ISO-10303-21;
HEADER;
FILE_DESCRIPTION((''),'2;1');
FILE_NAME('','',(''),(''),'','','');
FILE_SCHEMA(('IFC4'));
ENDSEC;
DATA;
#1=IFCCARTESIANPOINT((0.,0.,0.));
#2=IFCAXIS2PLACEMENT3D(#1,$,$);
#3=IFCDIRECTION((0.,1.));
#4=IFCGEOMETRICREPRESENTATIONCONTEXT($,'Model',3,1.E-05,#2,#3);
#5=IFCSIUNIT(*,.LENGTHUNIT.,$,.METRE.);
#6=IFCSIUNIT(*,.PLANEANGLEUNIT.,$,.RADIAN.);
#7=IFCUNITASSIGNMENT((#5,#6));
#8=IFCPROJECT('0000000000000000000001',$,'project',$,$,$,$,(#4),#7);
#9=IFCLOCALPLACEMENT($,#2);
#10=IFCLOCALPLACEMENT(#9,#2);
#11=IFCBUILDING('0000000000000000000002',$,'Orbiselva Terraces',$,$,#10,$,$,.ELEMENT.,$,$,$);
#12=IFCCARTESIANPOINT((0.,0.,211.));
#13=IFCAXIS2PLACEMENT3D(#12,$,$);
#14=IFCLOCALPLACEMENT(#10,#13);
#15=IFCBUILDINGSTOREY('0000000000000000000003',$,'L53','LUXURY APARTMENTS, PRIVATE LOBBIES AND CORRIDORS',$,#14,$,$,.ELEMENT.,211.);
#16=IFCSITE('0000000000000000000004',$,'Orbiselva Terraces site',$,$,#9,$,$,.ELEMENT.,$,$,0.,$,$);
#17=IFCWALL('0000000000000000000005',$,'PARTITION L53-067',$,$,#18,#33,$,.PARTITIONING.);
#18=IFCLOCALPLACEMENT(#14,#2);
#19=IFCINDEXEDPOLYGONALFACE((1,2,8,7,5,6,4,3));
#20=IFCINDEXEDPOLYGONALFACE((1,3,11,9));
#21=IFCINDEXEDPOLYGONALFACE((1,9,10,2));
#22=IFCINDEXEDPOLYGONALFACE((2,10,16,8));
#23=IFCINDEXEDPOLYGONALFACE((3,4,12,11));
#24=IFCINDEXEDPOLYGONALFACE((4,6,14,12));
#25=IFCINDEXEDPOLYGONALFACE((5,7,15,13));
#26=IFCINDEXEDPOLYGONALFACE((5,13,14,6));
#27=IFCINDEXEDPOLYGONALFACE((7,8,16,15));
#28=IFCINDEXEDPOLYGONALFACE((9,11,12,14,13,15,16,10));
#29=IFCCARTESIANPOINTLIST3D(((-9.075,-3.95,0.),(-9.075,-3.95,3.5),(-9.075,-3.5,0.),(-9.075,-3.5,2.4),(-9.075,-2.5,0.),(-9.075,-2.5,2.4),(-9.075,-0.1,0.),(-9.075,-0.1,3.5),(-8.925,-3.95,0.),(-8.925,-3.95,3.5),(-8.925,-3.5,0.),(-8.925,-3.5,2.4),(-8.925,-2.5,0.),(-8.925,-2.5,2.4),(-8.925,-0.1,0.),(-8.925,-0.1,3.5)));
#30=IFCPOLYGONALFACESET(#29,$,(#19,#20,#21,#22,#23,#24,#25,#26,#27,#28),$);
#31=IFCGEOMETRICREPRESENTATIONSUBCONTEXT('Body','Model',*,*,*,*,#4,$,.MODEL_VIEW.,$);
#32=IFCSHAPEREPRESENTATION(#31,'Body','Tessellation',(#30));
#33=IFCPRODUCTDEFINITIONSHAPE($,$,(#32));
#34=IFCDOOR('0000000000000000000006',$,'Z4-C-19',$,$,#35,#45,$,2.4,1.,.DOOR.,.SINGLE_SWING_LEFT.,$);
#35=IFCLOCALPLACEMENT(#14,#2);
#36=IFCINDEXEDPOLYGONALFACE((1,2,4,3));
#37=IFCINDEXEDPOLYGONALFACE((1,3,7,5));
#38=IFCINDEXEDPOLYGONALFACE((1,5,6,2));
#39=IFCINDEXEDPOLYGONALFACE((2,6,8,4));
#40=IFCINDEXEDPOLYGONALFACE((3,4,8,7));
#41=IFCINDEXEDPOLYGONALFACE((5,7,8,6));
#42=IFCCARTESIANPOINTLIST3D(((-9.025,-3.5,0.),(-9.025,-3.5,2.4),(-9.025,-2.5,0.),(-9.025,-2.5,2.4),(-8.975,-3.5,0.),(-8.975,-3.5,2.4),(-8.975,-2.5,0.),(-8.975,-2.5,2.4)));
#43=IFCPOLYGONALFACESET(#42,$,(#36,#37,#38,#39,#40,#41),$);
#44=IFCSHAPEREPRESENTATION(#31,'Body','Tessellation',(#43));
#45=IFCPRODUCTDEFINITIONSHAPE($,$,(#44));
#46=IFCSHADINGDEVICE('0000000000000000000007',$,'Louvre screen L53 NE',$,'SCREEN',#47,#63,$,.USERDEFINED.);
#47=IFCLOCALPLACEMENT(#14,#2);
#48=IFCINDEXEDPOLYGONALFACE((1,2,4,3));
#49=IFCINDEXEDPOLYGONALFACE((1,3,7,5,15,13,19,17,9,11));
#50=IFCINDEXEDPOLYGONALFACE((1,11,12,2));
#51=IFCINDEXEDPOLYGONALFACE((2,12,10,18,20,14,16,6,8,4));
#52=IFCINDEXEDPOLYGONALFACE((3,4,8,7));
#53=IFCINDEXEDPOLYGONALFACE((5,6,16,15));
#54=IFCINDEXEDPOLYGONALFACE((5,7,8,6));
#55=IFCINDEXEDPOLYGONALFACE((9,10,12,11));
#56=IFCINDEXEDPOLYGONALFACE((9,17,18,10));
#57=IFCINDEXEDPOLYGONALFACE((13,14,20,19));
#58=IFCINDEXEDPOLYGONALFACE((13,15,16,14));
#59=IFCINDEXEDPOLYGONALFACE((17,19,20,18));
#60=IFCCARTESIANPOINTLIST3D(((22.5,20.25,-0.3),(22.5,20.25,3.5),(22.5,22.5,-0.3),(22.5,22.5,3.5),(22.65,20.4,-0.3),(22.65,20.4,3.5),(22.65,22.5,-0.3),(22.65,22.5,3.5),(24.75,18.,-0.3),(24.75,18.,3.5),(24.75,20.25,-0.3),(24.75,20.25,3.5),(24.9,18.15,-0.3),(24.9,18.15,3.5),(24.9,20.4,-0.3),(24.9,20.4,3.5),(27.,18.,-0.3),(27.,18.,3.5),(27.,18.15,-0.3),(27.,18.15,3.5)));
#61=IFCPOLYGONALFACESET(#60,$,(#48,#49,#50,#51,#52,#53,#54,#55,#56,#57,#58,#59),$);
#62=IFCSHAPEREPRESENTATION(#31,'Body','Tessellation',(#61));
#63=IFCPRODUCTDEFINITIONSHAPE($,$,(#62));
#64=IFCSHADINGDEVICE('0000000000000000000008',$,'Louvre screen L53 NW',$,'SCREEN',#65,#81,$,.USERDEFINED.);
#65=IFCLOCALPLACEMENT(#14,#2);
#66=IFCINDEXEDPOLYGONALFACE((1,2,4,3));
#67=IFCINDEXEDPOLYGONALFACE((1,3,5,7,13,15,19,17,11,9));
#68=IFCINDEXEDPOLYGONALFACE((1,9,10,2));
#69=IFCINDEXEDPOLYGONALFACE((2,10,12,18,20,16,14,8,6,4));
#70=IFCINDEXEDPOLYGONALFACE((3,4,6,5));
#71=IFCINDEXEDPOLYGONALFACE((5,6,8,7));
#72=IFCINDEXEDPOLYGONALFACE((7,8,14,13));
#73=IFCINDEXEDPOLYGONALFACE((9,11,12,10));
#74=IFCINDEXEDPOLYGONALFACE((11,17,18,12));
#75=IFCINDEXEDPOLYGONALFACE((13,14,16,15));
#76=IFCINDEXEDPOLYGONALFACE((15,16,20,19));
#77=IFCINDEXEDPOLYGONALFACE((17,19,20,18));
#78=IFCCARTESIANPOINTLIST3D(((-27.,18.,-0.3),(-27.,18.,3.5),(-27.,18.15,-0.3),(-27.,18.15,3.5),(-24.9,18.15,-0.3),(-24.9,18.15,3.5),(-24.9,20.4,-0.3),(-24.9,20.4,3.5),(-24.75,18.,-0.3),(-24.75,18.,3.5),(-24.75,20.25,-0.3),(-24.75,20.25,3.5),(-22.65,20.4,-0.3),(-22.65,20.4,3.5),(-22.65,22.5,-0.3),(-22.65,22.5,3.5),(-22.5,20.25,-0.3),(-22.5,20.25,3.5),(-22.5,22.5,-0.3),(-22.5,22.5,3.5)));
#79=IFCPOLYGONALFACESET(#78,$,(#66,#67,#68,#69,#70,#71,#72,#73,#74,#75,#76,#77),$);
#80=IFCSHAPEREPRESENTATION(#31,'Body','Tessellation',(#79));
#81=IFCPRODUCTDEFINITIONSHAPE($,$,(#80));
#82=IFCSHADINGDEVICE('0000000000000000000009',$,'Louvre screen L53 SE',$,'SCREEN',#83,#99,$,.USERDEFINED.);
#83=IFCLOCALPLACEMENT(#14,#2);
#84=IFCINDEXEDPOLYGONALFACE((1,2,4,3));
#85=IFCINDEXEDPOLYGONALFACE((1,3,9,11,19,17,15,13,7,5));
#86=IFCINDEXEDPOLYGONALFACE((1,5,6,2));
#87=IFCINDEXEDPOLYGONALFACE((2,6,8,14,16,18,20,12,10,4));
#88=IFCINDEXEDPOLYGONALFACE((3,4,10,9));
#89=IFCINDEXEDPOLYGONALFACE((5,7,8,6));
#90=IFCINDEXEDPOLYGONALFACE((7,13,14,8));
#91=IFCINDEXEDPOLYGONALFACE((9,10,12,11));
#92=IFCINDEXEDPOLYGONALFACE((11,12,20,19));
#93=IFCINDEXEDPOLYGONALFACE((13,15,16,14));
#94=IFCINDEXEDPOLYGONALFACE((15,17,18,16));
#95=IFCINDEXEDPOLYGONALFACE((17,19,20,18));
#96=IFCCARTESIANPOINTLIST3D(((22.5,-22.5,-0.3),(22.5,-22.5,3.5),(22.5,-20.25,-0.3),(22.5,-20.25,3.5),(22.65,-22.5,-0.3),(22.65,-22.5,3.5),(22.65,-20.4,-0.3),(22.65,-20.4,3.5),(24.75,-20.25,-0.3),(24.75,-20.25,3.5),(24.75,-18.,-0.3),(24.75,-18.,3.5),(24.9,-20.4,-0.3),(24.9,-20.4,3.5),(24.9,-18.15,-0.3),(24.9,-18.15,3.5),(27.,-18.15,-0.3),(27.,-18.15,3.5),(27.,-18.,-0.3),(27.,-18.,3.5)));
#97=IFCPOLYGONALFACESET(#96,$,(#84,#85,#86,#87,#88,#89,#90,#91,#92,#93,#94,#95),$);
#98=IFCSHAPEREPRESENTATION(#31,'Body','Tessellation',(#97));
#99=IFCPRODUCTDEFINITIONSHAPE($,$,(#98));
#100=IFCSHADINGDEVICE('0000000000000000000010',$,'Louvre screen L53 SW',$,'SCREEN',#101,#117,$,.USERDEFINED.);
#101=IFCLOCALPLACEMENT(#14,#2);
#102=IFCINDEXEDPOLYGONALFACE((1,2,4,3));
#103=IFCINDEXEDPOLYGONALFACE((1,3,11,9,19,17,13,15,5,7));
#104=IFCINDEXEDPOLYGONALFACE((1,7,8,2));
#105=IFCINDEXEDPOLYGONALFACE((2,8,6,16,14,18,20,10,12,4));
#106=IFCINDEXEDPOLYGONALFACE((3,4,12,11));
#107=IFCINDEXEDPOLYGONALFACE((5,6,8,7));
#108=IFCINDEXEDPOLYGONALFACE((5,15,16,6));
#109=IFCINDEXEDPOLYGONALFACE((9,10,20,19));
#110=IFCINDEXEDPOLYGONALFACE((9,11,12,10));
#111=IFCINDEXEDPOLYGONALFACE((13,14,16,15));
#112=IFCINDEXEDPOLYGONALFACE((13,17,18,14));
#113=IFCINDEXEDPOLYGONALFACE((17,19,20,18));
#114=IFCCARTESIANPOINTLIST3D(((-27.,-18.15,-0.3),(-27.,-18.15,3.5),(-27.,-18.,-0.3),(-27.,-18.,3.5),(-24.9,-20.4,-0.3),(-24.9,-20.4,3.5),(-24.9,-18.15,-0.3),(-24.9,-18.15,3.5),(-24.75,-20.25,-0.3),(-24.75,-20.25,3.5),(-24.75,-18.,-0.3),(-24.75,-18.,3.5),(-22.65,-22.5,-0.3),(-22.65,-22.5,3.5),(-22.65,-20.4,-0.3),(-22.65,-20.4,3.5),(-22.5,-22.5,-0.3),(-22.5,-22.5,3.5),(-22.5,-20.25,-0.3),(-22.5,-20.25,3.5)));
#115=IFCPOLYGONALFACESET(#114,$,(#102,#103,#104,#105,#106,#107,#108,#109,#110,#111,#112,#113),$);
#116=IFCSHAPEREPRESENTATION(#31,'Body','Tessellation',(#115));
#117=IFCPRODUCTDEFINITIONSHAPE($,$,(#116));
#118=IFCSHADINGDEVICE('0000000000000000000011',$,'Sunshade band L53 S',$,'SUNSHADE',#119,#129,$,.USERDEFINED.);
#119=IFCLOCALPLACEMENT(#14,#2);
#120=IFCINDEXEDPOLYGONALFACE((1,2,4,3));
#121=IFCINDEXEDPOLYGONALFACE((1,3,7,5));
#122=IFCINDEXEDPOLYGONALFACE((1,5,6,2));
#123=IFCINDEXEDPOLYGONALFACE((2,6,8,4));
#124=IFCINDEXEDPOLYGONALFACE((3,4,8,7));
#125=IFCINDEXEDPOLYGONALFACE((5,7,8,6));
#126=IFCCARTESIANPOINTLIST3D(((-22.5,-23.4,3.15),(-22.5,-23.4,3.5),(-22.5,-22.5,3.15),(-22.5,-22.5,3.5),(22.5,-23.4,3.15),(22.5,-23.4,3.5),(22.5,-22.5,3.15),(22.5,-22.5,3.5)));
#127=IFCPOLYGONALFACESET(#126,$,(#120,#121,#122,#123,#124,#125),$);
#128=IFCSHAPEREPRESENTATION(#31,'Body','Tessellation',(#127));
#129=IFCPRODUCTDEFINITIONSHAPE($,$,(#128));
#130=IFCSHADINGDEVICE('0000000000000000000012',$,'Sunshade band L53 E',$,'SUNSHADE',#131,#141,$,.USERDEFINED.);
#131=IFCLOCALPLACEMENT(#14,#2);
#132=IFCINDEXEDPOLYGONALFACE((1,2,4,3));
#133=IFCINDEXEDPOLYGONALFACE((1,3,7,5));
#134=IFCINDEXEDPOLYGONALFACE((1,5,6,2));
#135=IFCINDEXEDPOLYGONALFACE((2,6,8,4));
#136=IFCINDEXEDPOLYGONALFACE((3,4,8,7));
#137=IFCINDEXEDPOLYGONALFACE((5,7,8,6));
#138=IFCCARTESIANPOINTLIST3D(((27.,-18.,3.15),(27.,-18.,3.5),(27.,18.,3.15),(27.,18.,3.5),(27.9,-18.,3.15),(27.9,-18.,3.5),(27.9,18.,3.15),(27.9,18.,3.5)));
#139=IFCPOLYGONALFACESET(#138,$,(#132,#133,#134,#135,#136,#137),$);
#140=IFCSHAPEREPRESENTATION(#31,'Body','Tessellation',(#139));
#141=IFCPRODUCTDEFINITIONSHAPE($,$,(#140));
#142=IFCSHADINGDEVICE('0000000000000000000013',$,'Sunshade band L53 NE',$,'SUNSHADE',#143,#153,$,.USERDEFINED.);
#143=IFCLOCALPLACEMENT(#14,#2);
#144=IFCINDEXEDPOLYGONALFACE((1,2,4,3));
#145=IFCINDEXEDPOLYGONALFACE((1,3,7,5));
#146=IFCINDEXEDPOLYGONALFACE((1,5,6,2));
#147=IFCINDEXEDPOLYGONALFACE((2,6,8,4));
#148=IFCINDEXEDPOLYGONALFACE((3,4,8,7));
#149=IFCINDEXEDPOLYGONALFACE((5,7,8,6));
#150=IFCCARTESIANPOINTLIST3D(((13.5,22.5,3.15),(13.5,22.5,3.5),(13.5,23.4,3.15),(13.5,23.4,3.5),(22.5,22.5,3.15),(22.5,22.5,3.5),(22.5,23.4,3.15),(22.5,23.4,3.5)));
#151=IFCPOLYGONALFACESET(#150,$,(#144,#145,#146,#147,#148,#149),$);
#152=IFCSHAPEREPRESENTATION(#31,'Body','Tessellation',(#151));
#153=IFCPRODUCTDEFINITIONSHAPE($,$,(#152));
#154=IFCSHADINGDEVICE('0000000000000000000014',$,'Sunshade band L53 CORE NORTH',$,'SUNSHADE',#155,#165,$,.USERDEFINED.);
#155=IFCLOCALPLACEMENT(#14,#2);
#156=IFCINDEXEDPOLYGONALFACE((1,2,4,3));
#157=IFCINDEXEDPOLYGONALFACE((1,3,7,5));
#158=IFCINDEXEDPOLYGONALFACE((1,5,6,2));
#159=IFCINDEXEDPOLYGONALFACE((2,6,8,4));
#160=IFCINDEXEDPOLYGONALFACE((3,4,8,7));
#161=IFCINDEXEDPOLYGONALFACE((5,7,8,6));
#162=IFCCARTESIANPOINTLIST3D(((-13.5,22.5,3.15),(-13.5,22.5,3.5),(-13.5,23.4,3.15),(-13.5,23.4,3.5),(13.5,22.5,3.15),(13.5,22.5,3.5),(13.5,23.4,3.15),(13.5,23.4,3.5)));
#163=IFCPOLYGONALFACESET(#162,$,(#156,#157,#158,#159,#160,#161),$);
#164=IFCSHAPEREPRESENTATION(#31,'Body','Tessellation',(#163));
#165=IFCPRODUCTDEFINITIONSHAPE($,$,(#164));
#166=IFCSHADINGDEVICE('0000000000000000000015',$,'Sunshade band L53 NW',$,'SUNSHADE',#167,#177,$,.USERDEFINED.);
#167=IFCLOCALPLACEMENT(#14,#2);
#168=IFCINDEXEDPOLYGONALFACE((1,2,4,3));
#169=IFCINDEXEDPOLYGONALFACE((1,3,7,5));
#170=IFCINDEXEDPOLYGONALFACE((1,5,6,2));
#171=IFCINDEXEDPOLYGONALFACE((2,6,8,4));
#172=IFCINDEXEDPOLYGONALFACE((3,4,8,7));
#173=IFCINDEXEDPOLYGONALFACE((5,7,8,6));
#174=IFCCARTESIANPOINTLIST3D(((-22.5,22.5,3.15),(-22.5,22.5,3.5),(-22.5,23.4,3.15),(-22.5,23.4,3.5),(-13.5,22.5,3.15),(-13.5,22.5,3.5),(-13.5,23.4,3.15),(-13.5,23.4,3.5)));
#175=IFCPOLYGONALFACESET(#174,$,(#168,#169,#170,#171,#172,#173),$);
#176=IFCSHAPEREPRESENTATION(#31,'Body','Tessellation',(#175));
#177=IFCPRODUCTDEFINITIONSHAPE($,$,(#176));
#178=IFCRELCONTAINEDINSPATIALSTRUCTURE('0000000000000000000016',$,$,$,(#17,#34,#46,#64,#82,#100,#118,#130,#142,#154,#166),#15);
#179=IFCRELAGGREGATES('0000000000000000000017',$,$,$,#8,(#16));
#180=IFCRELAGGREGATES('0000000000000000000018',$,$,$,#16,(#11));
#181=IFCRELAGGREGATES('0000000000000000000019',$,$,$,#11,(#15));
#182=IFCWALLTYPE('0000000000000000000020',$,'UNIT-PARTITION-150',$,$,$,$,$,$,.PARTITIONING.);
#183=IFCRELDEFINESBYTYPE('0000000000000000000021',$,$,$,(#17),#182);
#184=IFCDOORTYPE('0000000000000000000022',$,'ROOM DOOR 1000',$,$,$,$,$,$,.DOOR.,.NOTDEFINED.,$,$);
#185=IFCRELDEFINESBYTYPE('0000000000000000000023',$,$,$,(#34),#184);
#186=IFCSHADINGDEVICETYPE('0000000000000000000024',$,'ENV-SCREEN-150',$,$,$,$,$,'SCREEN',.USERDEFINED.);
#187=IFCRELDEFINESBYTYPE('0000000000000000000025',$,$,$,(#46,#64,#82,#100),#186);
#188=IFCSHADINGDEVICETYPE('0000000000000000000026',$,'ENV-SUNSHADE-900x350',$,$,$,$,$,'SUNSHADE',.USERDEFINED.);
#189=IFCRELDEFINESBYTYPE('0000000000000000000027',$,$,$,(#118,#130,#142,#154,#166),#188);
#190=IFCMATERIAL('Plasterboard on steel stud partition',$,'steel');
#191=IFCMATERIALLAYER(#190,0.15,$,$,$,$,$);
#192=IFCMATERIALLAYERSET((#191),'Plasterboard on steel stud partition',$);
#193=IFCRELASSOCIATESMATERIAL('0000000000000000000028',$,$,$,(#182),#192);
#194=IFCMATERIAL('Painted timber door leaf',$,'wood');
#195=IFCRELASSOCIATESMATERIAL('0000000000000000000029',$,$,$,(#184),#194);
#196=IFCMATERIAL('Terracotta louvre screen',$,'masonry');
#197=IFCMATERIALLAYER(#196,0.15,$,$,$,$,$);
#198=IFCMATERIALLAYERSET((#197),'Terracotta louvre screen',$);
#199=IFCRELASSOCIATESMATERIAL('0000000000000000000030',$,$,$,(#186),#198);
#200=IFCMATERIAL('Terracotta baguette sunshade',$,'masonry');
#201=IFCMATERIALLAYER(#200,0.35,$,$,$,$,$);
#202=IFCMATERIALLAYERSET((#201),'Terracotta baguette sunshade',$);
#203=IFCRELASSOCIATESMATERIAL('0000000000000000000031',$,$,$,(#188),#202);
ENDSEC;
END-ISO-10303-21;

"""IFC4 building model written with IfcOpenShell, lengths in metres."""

from ifc_helpers import new_model, si_unit, direction, frame, frame_2d, origin, place, context, subcontext, project, spatial, polyline, rectangle, outline, extrude, material, layer, layer_set, type_object, element, fill, save


model = new_model("IFC4")

# Units and contexts
model_context = context("Model", 3, precision=1e-05, world=origin(), true_north=direction((0.0, 1.0)))
body_context = subcontext(model_context, "Body", "Model", "MODEL_VIEW")
ifc_project = project(units=[si_unit("LENGTHUNIT", "METRE"), si_unit("PLANEANGLEUNIT", "RADIAN")], contexts=[model_context])

# Site, building, storey
site_placement = place(None, origin())
site = spatial("IfcSite", under=ifc_project, at=site_placement, Name="Orbiselva Terraces site", CompositionType="ELEMENT", RefElevation=0.0)
building_placement = place(site_placement, origin())
building = spatial("IfcBuilding", under=site, at=building_placement, Name="Orbiselva Terraces", CompositionType="ELEMENT")
storey_placement = place(building_placement, frame((0.0, 0.0, 211.0)))
storey = spatial("IfcBuildingStorey", under=building, at=storey_placement, Name="L53", Description="LUXURY APARTMENTS, PRIVATE LOBBIES AND CORRIDORS", CompositionType="ELEMENT", Elevation=211.0)

# Wall, opening, door
ifc_material_1 = material(Name="Plasterboard on steel stud partition", Category="steel")
ifc_layer_1 = layer(ifc_material_1, 0.15)
ifc_layer_set_1 = layer_set([ifc_layer_1], Name="Plasterboard on steel stud partition")
wall_type_1 = type_object("IfcWallType", Name="UNIT-PARTITION-150", PredefinedType="PARTITIONING", material=ifc_layer_set_1)
wall_1_placement = place(storey_placement, frame((-9.0, -3.95, 0.0), z_axis=(0.0, 0.0, 1.0), x_axis=(0.0, 1.0, 0.0)))
wall_1 = element("IfcWall", 1, at=wall_1_placement, inside=storey, type_object=wall_type_1, Name="PARTITION L53-067", PredefinedType="PARTITIONING", context=body_context, shape_type="SweptSolid", body=[
    extrude(rectangle(XDim=3.85, YDim=0.15, at=frame_2d((1.925, 0.0))), origin(), (0.0, 0.0, 1.0), 3.5),
])
opening_placement = place(wall_1_placement, frame((0.45, 0.0, 0.0)))
opening = element("IfcOpeningElement", 2, at=opening_placement, cuts=wall_1, PredefinedType="OPENING", context=body_context, shape_type="SweptSolid", body=[
    extrude(rectangle(XDim=1.0, YDim=2.4, at=frame_2d((0.5, 1.2))), frame((0.0, 0.085, 0.0), z_axis=(0.0, -1.0, 0.0), x_axis=(1.0, 0.0, 0.0)), (0.0, 0.0, 1.0), 0.17),
])
ifc_material_2 = material(Name="Painted timber door leaf", Category="wood")
door_type = type_object("IfcDoorType", Name="ROOM DOOR 1000", OperationType="NOTDEFINED", PredefinedType="DOOR", material=ifc_material_2)
door_placement = place(opening_placement, origin())
door = element("IfcDoor", 3, at=door_placement, inside=storey, type_object=door_type, Name="Z4-C-19", OperationType="SINGLE_SWING_LEFT", OverallHeight=2.4, OverallWidth=1.0, PredefinedType="DOOR", context=body_context, shape_type="SweptSolid", body=[
    extrude(rectangle(XDim=1.0, YDim=2.4, at=frame_2d((0.5, 1.2))), frame((0.0, 0.025, 0.0), z_axis=(0.0, -1.0, 0.0), x_axis=(1.0, 0.0, 0.0)), (0.0, 0.0, 1.0), 0.05),
])
fill(opening, door)

# Shading devices
ifc_material_3 = material(Name="Terracotta louvre screen", Category="masonry")
ifc_layer_2 = layer(ifc_material_3, 0.15)
ifc_layer_set_2 = layer_set([ifc_layer_2], Name="Terracotta louvre screen")
shading_device_type_1 = type_object("IfcShadingDeviceType", Name="ENV-SCREEN-150", ElementType="SCREEN", PredefinedType="USERDEFINED", material=ifc_layer_set_2)
shading_device_1_placement = place(storey_placement, frame((0.0, 0.0, -0.3)))
element("IfcShadingDevice", 4, at=shading_device_1_placement, inside=storey, type_object=shading_device_type_1, Name="Louvre screen L53 NE", ObjectType="SCREEN", PredefinedType="USERDEFINED", context=body_context, shape_type="SweptSolid", body=[
    extrude(outline(polyline([(27.0, 18.15), (24.9, 18.15), (24.9, 20.4), (22.65, 20.4), (22.65, 22.5), (22.5, 22.5), (22.5, 20.25), (24.75, 20.25), (24.75, 18.0), (27.0, 18.0), (27.0, 18.15)])), origin(), (0.0, 0.0, 1.0), 3.8),
])
shading_device_2_placement = place(storey_placement, frame((0.0, 0.0, -0.3)))
element("IfcShadingDevice", 5, at=shading_device_2_placement, inside=storey, type_object=shading_device_type_1, Name="Louvre screen L53 NW", ObjectType="SCREEN", PredefinedType="USERDEFINED", context=body_context, shape_type="SweptSolid", body=[
    extrude(outline(polyline([(-22.65, 22.5), (-22.65, 20.4), (-24.9, 20.4), (-24.9, 18.15), (-27.0, 18.15), (-27.0, 18.0), (-24.75, 18.0), (-24.75, 20.25), (-22.5, 20.25), (-22.5, 22.5), (-22.65, 22.5)])), origin(), (0.0, 0.0, 1.0), 3.8),
])
shading_device_3_placement = place(storey_placement, frame((0.0, 0.0, -0.3)))
element("IfcShadingDevice", 6, at=shading_device_3_placement, inside=storey, type_object=shading_device_type_1, Name="Louvre screen L53 SE", ObjectType="SCREEN", PredefinedType="USERDEFINED", context=body_context, shape_type="SweptSolid", body=[
    extrude(outline(polyline([(22.65, -22.5), (22.65, -20.4), (24.9, -20.4), (24.9, -18.15), (27.0, -18.15), (27.0, -18.0), (24.75, -18.0), (24.75, -20.25), (22.5, -20.25), (22.5, -22.5), (22.65, -22.5)])), origin(), (0.0, 0.0, 1.0), 3.8),
])
shading_device_4_placement = place(storey_placement, frame((0.0, 0.0, -0.3)))
element("IfcShadingDevice", 7, at=shading_device_4_placement, inside=storey, type_object=shading_device_type_1, Name="Louvre screen L53 SW", ObjectType="SCREEN", PredefinedType="USERDEFINED", context=body_context, shape_type="SweptSolid", body=[
    extrude(outline(polyline([(-27.0, -18.15), (-24.9, -18.15), (-24.9, -20.4), (-22.65, -20.4), (-22.65, -22.5), (-22.5, -22.5), (-22.5, -20.25), (-24.75, -20.25), (-24.75, -18.0), (-27.0, -18.0), (-27.0, -18.15)])), origin(), (0.0, 0.0, 1.0), 3.8),
])
ifc_material_4 = material(Name="Terracotta baguette sunshade", Category="masonry")
ifc_layer_3 = layer(ifc_material_4, 0.35)
ifc_layer_set_3 = layer_set([ifc_layer_3], Name="Terracotta baguette sunshade")
shading_device_type_2 = type_object("IfcShadingDeviceType", Name="ENV-SUNSHADE-900x350", ElementType="SUNSHADE", PredefinedType="USERDEFINED", material=ifc_layer_set_3)
shading_device_5_placement = place(storey_placement, frame((0.0, 0.0, 3.15)))
element("IfcShadingDevice", 8, at=shading_device_5_placement, inside=storey, type_object=shading_device_type_2, Name="Sunshade band L53 S", ObjectType="SUNSHADE", PredefinedType="USERDEFINED", context=body_context, shape_type="SweptSolid", body=[
    extrude(outline(polyline([(-22.5, -23.4), (22.5, -23.4), (22.5, -22.5), (-22.5, -22.5), (-22.5, -23.4)])), origin(), (0.0, 0.0, 1.0), 0.35),
])
shading_device_6_placement = place(storey_placement, frame((0.0, 0.0, 3.15)))
element("IfcShadingDevice", 9, at=shading_device_6_placement, inside=storey, type_object=shading_device_type_2, Name="Sunshade band L53 E", ObjectType="SUNSHADE", PredefinedType="USERDEFINED", context=body_context, shape_type="SweptSolid", body=[
    extrude(outline(polyline([(27.9, -18.0), (27.9, 18.0), (27.0, 18.0), (27.0, -18.0), (27.9, -18.0)])), origin(), (0.0, 0.0, 1.0), 0.35),
])
shading_device_7_placement = place(storey_placement, frame((0.0, 0.0, 3.15)))
element("IfcShadingDevice", 10, at=shading_device_7_placement, inside=storey, type_object=shading_device_type_2, Name="Sunshade band L53 NE", ObjectType="SUNSHADE", PredefinedType="USERDEFINED", context=body_context, shape_type="SweptSolid", body=[
    extrude(outline(polyline([(22.5, 23.4), (13.5, 23.4), (13.5, 22.5), (22.5, 22.5), (22.5, 23.4)])), origin(), (0.0, 0.0, 1.0), 0.35),
])
shading_device_8_placement = place(storey_placement, frame((0.0, 0.0, 3.15)))
element("IfcShadingDevice", 11, at=shading_device_8_placement, inside=storey, type_object=shading_device_type_2, Name="Sunshade band L53 CORE NORTH", ObjectType="SUNSHADE", PredefinedType="USERDEFINED", context=body_context, shape_type="SweptSolid", body=[
    extrude(outline(polyline([(13.5, 23.4), (-13.5, 23.4), (-13.5, 22.5), (13.5, 22.5), (13.5, 23.4)])), origin(), (0.0, 0.0, 1.0), 0.35),
])
shading_device_9_placement = place(storey_placement, frame((0.0, 0.0, 3.15)))
element("IfcShadingDevice", 12, at=shading_device_9_placement, inside=storey, type_object=shading_device_type_2, Name="Sunshade band L53 NW", ObjectType="SUNSHADE", PredefinedType="USERDEFINED", context=body_context, shape_type="SweptSolid", body=[
    extrude(outline(polyline([(-13.5, 23.4), (-22.5, 23.4), (-22.5, 22.5), (-13.5, 22.5), (-13.5, 23.4)])), origin(), (0.0, 0.0, 1.0), 0.35),
])

save(model, "model.ifc")
